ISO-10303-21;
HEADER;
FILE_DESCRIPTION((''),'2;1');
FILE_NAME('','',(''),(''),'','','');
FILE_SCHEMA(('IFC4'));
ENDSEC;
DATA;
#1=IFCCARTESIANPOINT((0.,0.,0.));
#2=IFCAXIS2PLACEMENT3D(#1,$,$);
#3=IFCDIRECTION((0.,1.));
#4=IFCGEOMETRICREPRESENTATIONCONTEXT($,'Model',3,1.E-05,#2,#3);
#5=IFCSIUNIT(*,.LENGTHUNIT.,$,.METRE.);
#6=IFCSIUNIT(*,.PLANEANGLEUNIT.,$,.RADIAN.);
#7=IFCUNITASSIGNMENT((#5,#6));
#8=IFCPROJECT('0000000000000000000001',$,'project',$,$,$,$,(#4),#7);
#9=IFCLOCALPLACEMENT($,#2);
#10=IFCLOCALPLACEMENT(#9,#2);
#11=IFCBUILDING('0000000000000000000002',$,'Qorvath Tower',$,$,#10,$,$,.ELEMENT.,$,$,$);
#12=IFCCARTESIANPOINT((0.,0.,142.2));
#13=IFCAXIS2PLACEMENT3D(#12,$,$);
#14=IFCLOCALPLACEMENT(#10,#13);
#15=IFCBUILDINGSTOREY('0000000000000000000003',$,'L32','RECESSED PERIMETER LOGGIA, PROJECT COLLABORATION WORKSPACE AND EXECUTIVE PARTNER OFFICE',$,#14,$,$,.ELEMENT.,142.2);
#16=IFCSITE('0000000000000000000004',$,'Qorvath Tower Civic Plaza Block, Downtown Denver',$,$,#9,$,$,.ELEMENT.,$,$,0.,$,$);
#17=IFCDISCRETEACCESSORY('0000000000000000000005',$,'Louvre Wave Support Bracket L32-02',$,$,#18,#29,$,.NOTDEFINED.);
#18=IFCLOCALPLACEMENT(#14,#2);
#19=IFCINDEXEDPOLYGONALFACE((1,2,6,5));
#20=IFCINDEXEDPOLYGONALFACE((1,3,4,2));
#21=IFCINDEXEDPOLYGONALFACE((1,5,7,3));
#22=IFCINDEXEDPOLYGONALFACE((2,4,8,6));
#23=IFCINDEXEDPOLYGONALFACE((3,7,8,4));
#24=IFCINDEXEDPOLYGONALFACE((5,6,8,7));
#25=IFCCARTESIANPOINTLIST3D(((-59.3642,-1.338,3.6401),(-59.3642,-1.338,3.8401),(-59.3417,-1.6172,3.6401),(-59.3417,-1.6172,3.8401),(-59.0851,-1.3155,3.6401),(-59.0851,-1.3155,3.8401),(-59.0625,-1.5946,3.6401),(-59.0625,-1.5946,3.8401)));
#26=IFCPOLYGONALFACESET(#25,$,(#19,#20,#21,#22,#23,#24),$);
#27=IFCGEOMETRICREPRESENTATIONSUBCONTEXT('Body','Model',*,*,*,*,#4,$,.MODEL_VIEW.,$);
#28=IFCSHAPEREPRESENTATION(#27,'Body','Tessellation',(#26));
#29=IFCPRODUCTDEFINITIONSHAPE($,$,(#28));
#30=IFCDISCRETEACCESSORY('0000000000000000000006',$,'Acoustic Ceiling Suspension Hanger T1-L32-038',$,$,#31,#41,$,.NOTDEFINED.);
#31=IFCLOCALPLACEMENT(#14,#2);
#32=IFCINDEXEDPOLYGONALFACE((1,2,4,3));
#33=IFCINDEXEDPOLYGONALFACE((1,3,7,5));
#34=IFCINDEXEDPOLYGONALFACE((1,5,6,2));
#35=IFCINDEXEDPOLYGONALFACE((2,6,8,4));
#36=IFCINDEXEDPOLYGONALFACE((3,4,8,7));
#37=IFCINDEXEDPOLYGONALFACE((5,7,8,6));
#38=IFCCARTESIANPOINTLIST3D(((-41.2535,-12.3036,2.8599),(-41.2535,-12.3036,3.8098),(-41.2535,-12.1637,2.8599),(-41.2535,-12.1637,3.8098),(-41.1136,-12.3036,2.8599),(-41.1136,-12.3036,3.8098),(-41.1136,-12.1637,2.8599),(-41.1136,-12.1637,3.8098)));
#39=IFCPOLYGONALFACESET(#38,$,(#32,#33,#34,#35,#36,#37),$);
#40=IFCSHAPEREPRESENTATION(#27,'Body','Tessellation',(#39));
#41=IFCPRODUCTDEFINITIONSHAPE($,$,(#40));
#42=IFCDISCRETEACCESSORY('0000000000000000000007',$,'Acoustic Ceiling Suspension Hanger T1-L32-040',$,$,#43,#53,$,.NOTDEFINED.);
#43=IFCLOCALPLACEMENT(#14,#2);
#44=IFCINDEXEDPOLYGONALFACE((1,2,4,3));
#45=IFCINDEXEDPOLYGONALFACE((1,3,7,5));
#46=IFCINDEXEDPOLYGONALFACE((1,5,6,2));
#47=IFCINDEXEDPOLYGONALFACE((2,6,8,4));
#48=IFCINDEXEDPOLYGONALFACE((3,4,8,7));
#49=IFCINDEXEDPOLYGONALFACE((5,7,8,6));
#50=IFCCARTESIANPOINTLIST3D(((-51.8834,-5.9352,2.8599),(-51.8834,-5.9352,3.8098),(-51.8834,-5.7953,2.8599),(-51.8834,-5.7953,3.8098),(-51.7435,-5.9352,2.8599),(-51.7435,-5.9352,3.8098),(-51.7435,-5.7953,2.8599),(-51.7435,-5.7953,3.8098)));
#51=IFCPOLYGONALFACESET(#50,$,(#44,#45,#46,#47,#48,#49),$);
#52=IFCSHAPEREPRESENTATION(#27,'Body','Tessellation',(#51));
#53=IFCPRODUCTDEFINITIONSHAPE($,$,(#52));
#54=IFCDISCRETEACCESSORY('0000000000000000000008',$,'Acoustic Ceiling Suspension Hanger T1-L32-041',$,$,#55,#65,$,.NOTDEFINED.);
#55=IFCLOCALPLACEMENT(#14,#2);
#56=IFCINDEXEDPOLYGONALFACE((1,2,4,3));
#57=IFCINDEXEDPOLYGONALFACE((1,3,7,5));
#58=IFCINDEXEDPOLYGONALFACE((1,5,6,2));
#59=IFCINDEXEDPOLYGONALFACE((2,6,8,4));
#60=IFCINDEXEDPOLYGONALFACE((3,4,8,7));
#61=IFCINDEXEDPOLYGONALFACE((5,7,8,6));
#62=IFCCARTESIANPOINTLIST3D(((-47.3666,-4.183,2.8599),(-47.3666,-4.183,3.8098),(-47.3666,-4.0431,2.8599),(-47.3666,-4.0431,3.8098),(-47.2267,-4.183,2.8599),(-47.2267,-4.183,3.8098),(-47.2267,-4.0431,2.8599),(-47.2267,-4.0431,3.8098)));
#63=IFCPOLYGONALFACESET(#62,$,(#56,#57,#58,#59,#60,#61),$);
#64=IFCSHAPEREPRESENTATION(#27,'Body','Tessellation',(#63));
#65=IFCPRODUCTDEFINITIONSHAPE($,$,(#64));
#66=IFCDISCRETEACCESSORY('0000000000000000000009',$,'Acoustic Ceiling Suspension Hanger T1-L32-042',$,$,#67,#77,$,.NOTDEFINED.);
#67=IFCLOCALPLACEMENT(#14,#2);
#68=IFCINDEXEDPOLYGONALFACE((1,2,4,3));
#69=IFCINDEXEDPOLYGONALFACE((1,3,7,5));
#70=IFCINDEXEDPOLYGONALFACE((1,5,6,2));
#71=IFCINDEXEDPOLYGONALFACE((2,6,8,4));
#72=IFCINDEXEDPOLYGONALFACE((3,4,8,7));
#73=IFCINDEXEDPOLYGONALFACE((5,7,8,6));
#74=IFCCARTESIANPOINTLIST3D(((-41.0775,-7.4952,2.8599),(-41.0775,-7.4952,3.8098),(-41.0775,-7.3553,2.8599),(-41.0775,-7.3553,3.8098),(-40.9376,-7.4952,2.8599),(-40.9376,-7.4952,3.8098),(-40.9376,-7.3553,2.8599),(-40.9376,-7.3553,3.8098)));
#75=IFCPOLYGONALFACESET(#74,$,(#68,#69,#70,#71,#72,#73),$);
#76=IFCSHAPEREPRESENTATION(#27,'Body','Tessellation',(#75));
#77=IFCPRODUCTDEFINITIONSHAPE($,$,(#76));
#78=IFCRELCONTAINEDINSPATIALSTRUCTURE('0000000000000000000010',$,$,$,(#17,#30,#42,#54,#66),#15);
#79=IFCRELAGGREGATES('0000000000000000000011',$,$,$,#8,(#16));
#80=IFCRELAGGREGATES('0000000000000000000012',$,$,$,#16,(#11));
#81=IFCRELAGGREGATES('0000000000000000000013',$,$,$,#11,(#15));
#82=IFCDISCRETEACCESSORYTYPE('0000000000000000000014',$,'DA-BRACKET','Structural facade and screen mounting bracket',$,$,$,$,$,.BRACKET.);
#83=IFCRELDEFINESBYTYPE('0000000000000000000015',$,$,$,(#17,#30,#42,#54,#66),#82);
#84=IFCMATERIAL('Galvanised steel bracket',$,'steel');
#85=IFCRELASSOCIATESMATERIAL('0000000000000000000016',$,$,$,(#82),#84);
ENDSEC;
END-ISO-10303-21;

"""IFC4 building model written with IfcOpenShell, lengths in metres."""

from ifc_helpers import new_model, si_unit, direction, frame, origin, origin_2d, place, context, subcontext, project, spatial, rectangle, extrude, material, type_object, element, save


model = new_model("IFC4")

# Units and contexts
model_context = context("Model", 3, precision=1e-05, world=origin(), true_north=direction((0.0, 1.0)))
body_context = subcontext(model_context, "Body", "Model", "MODEL_VIEW")
ifc_project = project(units=[si_unit("LENGTHUNIT", "METRE"), si_unit("PLANEANGLEUNIT", "RADIAN")], contexts=[model_context])

# Site, building, storey
site_placement = place(None, origin())
site = spatial("IfcSite", under=ifc_project, at=site_placement, Name="Qorvath Tower Civic Plaza Block, Downtown Denver", CompositionType="ELEMENT", RefElevation=0.0)
building_placement = place(site_placement, origin())
building = spatial("IfcBuilding", under=site, at=building_placement, Name="Qorvath Tower", CompositionType="ELEMENT")
storey_placement = place(building_placement, frame((0.0, 0.0, 142.2)))
storey = spatial("IfcBuildingStorey", under=building, at=storey_placement, Name="L32", Description="RECESSED PERIMETER LOGGIA, PROJECT COLLABORATION WORKSPACE AND EXECUTIVE PARTNER OFFICE", CompositionType="ELEMENT", Elevation=142.2)

# Discrete accessories
ifc_material_1 = material(Name="Galvanised steel bracket", Category="steel")
discrete_accessory_type = type_object("IfcDiscreteAccessoryType", Name="DA-BRACKET", Description="Structural facade and screen mounting bracket", PredefinedType="BRACKET", material=ifc_material_1)
discrete_accessory_placement = place(storey_placement, frame((-59.2134, -1.4663, 3.6401), z_axis=(0.0, 0.0, 1.0), x_axis=(0.080583, -0.996748, 0.0)))
element("IfcDiscreteAccessory", 1, at=discrete_accessory_placement, inside=storey, type_object=discrete_accessory_type, Name="Louvre Wave Support Bracket L32-02", PredefinedType="NOTDEFINED", context=body_context, shape_type="SweptSolid", body=[
    extrude(rectangle(XDim=0.28, YDim=0.28, at=origin_2d()), origin(), (0.0, 0.0, 1.0), 0.2),
])
for number, where, z_axis, x_axis, name in (
    (2, (-41.1836, -12.2336, 2.8599), (0.0, 0.0, 1.0), (1.0, 0.0, 0.0), "Acoustic Ceiling Suspension Hanger T1-L32-038"),
    (3, (-51.8135, -5.8652, 2.8599), (0.0, 0.0, 1.0), (1.0, 0.0, 0.0), "Acoustic Ceiling Suspension Hanger T1-L32-040"),
    (4, (-47.2966, -4.113, 2.8599), (0.0, 0.0, 1.0), (1.0, 0.0, 0.0), "Acoustic Ceiling Suspension Hanger T1-L32-041"),
    (5, (-41.0076, -7.4253, 2.8599), (0.0, 0.0, 1.0), (1.0, 0.0, 0.0), "Acoustic Ceiling Suspension Hanger T1-L32-042"),
):
    element("IfcDiscreteAccessory", number, at=place(storey_placement, frame(where, z_axis=z_axis, x_axis=x_axis)), inside=storey, type_object=discrete_accessory_type, Name=name, PredefinedType="NOTDEFINED", context=body_context, shape_type="SweptSolid", body=[
        extrude(rectangle(XDim=0.1399, YDim=0.1399, at=origin_2d()), origin(), (0.0, 0.0, 1.0), 0.95),
    ])

save(model, "model.ifc")
